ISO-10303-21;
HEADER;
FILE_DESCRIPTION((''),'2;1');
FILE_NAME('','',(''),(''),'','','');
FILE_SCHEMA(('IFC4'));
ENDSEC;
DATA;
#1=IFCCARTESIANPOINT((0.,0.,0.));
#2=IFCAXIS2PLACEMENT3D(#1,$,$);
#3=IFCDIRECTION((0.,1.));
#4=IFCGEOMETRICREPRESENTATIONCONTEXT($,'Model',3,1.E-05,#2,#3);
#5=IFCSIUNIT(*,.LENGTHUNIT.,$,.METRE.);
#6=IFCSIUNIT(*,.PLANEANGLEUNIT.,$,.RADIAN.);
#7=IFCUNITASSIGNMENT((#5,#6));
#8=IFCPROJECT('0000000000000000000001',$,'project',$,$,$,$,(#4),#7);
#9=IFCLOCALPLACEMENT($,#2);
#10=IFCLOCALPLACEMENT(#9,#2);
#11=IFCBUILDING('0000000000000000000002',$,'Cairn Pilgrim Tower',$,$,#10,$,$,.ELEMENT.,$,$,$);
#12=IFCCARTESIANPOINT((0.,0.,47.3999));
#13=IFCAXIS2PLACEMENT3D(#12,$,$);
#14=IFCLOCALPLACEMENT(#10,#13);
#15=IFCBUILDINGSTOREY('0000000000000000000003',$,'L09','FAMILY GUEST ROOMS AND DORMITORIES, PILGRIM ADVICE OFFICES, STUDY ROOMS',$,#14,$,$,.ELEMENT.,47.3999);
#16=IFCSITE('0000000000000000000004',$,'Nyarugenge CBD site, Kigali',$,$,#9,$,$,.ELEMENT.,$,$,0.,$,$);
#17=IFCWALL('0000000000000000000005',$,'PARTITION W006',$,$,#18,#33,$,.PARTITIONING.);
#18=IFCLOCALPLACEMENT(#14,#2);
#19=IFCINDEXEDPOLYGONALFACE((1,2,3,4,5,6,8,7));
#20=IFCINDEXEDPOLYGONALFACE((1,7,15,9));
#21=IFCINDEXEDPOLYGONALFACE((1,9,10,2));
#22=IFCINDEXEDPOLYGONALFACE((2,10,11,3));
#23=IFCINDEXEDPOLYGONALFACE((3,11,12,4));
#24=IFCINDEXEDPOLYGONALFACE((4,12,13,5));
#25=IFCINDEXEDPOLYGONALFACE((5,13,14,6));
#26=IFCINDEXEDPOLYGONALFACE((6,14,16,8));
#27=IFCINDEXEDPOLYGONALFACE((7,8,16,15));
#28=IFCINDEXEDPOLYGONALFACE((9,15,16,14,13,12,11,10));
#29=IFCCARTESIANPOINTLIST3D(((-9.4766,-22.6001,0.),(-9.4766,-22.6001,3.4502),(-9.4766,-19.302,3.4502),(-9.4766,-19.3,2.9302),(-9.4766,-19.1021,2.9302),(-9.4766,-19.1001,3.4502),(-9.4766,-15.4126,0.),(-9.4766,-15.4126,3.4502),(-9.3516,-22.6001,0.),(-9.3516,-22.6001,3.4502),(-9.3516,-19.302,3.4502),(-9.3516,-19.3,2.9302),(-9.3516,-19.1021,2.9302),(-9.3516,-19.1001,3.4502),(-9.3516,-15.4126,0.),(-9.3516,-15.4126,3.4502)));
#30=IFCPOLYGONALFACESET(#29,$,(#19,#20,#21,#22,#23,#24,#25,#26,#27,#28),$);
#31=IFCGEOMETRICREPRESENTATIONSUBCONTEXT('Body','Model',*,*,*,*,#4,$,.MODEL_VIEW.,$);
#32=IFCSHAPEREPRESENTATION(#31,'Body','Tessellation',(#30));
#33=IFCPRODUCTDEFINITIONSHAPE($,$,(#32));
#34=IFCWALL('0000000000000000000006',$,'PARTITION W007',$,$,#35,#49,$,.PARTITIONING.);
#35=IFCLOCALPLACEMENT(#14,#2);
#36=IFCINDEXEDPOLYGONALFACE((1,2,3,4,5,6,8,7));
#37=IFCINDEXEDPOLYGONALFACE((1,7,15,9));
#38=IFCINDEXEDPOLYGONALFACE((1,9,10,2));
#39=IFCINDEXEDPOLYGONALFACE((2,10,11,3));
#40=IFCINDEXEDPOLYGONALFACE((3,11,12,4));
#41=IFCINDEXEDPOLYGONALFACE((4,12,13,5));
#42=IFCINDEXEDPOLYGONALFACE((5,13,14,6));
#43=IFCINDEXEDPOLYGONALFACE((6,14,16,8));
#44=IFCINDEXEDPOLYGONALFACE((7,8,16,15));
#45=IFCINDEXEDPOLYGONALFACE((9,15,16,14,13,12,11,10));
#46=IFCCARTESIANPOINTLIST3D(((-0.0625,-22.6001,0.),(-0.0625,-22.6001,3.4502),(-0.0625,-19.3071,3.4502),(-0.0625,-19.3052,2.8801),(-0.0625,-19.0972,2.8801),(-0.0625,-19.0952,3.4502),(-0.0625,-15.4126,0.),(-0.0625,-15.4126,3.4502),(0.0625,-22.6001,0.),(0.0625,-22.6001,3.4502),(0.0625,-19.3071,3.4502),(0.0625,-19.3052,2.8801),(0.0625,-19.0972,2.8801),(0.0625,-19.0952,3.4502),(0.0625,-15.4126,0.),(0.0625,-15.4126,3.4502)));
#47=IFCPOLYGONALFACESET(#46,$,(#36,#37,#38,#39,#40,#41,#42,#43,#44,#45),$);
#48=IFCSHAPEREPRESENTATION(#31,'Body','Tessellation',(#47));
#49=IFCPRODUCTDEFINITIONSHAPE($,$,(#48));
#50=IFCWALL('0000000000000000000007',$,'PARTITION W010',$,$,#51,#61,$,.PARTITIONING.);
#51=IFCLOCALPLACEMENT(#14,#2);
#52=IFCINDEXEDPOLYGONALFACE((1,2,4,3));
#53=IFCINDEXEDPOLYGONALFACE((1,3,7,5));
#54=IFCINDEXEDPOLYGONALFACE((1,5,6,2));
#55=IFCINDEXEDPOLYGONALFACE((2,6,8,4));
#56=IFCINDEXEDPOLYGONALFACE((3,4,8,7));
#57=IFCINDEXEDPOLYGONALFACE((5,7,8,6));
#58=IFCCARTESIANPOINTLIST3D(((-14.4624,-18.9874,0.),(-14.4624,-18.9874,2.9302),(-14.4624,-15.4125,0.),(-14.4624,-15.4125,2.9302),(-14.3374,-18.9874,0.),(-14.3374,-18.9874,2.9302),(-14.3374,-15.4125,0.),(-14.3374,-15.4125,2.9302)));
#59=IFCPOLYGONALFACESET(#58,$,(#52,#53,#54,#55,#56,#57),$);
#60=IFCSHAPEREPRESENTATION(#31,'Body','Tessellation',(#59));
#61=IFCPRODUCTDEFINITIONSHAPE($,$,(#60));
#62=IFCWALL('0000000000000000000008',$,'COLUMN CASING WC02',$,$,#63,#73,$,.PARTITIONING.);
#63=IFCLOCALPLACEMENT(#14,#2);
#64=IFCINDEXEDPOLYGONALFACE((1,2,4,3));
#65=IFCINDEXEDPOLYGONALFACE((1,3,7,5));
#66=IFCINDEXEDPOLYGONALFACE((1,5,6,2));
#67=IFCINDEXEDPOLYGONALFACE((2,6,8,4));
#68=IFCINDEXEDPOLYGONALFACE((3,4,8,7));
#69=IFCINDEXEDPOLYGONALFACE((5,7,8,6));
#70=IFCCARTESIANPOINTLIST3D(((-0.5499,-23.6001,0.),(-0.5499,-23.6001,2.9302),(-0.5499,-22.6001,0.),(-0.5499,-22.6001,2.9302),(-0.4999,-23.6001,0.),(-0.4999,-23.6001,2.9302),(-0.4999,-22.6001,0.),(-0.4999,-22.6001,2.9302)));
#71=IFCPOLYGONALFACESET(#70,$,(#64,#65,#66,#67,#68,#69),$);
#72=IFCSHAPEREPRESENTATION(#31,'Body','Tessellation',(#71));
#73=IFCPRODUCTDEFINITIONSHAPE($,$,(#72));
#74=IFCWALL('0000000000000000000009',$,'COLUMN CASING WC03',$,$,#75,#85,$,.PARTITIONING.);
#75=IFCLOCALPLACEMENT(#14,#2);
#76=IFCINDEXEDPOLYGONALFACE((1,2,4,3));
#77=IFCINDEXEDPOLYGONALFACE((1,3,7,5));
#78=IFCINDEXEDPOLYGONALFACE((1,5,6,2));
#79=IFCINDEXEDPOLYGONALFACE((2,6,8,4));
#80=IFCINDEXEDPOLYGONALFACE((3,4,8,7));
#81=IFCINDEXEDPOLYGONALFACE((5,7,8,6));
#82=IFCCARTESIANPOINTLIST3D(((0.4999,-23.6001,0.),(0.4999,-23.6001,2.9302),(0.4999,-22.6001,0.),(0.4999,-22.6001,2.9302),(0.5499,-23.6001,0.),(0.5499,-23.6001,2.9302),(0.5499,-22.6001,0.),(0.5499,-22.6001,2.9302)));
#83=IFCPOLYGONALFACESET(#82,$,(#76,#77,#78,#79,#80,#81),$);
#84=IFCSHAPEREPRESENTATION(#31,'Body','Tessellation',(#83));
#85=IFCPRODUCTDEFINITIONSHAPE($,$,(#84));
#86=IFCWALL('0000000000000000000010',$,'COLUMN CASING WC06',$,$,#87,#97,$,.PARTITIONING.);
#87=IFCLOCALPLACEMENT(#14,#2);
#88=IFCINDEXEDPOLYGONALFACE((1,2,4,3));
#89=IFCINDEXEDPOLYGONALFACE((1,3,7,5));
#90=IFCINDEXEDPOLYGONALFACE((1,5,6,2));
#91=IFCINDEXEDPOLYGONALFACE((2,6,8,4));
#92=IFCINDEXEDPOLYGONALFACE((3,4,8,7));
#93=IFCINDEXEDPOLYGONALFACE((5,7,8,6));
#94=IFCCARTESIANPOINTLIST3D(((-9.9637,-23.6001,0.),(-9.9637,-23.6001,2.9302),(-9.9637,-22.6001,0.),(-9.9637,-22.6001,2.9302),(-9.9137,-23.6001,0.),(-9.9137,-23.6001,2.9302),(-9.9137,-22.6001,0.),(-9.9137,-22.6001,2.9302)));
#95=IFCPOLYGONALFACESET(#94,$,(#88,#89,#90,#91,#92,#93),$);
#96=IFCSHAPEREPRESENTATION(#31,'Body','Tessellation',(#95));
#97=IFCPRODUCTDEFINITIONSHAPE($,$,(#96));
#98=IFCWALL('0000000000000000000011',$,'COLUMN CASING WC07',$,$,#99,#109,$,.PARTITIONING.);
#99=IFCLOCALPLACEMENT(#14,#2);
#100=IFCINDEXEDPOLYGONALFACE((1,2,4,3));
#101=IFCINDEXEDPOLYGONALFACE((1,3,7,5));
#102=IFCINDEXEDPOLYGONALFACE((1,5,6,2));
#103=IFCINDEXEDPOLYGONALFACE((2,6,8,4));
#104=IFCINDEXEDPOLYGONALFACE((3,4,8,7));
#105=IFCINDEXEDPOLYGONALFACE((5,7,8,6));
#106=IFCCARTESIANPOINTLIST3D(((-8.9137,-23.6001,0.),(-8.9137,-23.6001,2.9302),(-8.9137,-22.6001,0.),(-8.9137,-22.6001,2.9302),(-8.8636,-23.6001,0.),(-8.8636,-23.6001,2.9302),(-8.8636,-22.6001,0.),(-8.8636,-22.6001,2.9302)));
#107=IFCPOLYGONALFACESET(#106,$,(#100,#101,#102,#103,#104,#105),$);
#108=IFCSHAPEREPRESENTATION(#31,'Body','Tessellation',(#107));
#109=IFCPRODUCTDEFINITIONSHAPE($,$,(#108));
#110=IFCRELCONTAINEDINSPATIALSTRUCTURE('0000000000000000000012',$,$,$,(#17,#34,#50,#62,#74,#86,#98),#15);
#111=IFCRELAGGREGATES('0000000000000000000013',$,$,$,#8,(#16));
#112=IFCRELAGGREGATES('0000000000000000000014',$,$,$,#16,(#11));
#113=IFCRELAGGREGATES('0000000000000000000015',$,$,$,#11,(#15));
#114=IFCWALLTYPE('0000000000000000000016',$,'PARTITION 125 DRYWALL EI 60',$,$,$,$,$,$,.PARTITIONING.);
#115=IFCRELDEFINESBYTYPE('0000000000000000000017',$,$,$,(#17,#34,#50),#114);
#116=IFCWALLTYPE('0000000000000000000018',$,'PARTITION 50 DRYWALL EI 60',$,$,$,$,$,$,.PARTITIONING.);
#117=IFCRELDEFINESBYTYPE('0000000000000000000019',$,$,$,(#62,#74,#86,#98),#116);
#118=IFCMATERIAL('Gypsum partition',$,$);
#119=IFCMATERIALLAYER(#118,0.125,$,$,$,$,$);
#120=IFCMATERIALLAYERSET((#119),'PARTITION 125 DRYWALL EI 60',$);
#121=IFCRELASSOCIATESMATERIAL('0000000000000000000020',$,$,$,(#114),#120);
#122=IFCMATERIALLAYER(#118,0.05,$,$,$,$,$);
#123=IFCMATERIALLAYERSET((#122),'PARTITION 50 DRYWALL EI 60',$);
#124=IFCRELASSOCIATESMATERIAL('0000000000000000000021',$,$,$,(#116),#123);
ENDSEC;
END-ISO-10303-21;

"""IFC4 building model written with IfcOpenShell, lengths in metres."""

from ifc_helpers import new_model, si_unit, direction, frame, frame_2d, origin, place, context, subcontext, project, spatial, polyline, rectangle, outline, extrude, material, layer, layer_set, type_object, element, save


model = new_model("IFC4")

# Units and contexts
model_context = context("Model", 3, precision=1e-05, world=origin(), true_north=direction((0.0, 1.0)))
body_context = subcontext(model_context, "Body", "Model", "MODEL_VIEW")
ifc_project = project(units=[si_unit("LENGTHUNIT", "METRE"), si_unit("PLANEANGLEUNIT", "RADIAN")], contexts=[model_context])

# Site, building, storey
site_placement = place(None, origin())
site = spatial("IfcSite", under=ifc_project, at=site_placement, Name="Nyarugenge CBD site, Kigali", CompositionType="ELEMENT", RefElevation=0.0)
building_placement = place(site_placement, origin())
building = spatial("IfcBuilding", under=site, at=building_placement, Name="Cairn Pilgrim Tower", CompositionType="ELEMENT")
storey_placement = place(building_placement, frame((0.0, 0.0, 47.3999)))
storey = spatial("IfcBuildingStorey", under=building, at=storey_placement, Name="L09", Description="FAMILY GUEST ROOMS AND DORMITORIES, PILGRIM ADVICE OFFICES, STUDY ROOMS", CompositionType="ELEMENT", Elevation=47.3999)

# Shared definitions
ifc_material_1 = material(Name="Gypsum partition")

# Walls
ifc_layer_1 = layer(ifc_material_1, 0.125)
ifc_layer_set_1 = layer_set([ifc_layer_1], Name="PARTITION 125 DRYWALL EI 60")
wall_type_1 = type_object("IfcWallType", Name="PARTITION 125 DRYWALL EI 60", PredefinedType="PARTITIONING", material=ifc_layer_set_1)
wall_1_placement = place(storey_placement, frame((-9.4141, -22.6001, 0.0), z_axis=(0.0, 0.0, 1.0), x_axis=(0.0, 1.0, 0.0)))
element("IfcWall", 1, at=wall_1_placement, inside=storey, type_object=wall_type_1, Name="PARTITION W006", PredefinedType="PARTITIONING", context=body_context, shape_type="SweptSolid", body=[
    extrude(outline(polyline([(0.0, 0.0), (7.1875, 0.0), (7.1875, 3.4502), (3.5, 3.4502), (3.498, 2.9302), (3.3, 2.9302), (3.2981, 3.4502), (0.0, 3.4502), (0.0, 0.0)])), frame((0.0, 0.0625, 0.0), z_axis=(0.0, -1.0, 0.0), x_axis=(1.0, 0.0, 0.0)), (0.0, 0.0, 1.0), 0.125),
])
wall_2_placement = place(storey_placement, frame((0.0, -22.6001, 0.0), z_axis=(0.0, 0.0, 1.0), x_axis=(0.0, 1.0, 0.0)))
element("IfcWall", 2, at=wall_2_placement, inside=storey, type_object=wall_type_1, Name="PARTITION W007", PredefinedType="PARTITIONING", context=body_context, shape_type="SweptSolid", body=[
    extrude(outline(polyline([(0.0, 0.0), (7.1875, 0.0), (7.1875, 3.4502), (3.5049, 3.4502), (3.5029, 2.8801), (3.2949, 2.8801), (3.293, 3.4502), (0.0, 3.4502), (0.0, 0.0)])), frame((0.0, 0.0625, 0.0), z_axis=(0.0, -1.0, 0.0), x_axis=(1.0, 0.0, 0.0)), (0.0, 0.0, 1.0), 0.125),
])
wall_3_placement = place(storey_placement, frame((-14.3999, -18.9875, 0.0), z_axis=(0.0, 0.0, 1.0), x_axis=(0.0, 1.0, 0.0)))
element("IfcWall", 3, at=wall_3_placement, inside=storey, type_object=wall_type_1, Name="PARTITION W010", PredefinedType="PARTITIONING", context=body_context, shape_type="SweptSolid", body=[
    extrude(rectangle(XDim=3.575, YDim=0.125, at=frame_2d((1.7876, 0.0))), origin(), (0.0, 0.0, 1.0), 2.9302),
])
ifc_layer_2 = layer(ifc_material_1, 0.05)
ifc_layer_set_2 = layer_set([ifc_layer_2], Name="PARTITION 50 DRYWALL EI 60")
wall_type_2 = type_object("IfcWallType", Name="PARTITION 50 DRYWALL EI 60", PredefinedType="PARTITIONING", material=ifc_layer_set_2)
for number, where, z_axis, x_axis, name in (
    (4, (-0.5249, -23.6001, 0.0), (0.0, 0.0, 1.0), (0.0, 1.0, 0.0), "COLUMN CASING WC02"),
    (5, (0.5249, -23.6001, 0.0), (0.0, 0.0, 1.0), (0.0, 1.0, 0.0), "COLUMN CASING WC03"),
    (6, (-9.9387, -23.6001, 0.0), (0.0, 0.0, 1.0), (0.0, 1.0, 0.0), "COLUMN CASING WC06"),
    (7, (-8.8887, -23.6001, 0.0), (0.0, 0.0, 1.0), (0.0, 1.0, 0.0), "COLUMN CASING WC07"),
):
    element("IfcWall", number, at=place(storey_placement, frame(where, z_axis=z_axis, x_axis=x_axis)), inside=storey, type_object=wall_type_2, Name=name, PredefinedType="PARTITIONING", context=body_context, shape_type="SweptSolid", body=[
        extrude(rectangle(XDim=1.0, YDim=0.05, at=frame_2d((0.5, 0.0))), origin(), (0.0, 0.0, 1.0), 2.9302),
    ])

save(model, "model.ifc")
